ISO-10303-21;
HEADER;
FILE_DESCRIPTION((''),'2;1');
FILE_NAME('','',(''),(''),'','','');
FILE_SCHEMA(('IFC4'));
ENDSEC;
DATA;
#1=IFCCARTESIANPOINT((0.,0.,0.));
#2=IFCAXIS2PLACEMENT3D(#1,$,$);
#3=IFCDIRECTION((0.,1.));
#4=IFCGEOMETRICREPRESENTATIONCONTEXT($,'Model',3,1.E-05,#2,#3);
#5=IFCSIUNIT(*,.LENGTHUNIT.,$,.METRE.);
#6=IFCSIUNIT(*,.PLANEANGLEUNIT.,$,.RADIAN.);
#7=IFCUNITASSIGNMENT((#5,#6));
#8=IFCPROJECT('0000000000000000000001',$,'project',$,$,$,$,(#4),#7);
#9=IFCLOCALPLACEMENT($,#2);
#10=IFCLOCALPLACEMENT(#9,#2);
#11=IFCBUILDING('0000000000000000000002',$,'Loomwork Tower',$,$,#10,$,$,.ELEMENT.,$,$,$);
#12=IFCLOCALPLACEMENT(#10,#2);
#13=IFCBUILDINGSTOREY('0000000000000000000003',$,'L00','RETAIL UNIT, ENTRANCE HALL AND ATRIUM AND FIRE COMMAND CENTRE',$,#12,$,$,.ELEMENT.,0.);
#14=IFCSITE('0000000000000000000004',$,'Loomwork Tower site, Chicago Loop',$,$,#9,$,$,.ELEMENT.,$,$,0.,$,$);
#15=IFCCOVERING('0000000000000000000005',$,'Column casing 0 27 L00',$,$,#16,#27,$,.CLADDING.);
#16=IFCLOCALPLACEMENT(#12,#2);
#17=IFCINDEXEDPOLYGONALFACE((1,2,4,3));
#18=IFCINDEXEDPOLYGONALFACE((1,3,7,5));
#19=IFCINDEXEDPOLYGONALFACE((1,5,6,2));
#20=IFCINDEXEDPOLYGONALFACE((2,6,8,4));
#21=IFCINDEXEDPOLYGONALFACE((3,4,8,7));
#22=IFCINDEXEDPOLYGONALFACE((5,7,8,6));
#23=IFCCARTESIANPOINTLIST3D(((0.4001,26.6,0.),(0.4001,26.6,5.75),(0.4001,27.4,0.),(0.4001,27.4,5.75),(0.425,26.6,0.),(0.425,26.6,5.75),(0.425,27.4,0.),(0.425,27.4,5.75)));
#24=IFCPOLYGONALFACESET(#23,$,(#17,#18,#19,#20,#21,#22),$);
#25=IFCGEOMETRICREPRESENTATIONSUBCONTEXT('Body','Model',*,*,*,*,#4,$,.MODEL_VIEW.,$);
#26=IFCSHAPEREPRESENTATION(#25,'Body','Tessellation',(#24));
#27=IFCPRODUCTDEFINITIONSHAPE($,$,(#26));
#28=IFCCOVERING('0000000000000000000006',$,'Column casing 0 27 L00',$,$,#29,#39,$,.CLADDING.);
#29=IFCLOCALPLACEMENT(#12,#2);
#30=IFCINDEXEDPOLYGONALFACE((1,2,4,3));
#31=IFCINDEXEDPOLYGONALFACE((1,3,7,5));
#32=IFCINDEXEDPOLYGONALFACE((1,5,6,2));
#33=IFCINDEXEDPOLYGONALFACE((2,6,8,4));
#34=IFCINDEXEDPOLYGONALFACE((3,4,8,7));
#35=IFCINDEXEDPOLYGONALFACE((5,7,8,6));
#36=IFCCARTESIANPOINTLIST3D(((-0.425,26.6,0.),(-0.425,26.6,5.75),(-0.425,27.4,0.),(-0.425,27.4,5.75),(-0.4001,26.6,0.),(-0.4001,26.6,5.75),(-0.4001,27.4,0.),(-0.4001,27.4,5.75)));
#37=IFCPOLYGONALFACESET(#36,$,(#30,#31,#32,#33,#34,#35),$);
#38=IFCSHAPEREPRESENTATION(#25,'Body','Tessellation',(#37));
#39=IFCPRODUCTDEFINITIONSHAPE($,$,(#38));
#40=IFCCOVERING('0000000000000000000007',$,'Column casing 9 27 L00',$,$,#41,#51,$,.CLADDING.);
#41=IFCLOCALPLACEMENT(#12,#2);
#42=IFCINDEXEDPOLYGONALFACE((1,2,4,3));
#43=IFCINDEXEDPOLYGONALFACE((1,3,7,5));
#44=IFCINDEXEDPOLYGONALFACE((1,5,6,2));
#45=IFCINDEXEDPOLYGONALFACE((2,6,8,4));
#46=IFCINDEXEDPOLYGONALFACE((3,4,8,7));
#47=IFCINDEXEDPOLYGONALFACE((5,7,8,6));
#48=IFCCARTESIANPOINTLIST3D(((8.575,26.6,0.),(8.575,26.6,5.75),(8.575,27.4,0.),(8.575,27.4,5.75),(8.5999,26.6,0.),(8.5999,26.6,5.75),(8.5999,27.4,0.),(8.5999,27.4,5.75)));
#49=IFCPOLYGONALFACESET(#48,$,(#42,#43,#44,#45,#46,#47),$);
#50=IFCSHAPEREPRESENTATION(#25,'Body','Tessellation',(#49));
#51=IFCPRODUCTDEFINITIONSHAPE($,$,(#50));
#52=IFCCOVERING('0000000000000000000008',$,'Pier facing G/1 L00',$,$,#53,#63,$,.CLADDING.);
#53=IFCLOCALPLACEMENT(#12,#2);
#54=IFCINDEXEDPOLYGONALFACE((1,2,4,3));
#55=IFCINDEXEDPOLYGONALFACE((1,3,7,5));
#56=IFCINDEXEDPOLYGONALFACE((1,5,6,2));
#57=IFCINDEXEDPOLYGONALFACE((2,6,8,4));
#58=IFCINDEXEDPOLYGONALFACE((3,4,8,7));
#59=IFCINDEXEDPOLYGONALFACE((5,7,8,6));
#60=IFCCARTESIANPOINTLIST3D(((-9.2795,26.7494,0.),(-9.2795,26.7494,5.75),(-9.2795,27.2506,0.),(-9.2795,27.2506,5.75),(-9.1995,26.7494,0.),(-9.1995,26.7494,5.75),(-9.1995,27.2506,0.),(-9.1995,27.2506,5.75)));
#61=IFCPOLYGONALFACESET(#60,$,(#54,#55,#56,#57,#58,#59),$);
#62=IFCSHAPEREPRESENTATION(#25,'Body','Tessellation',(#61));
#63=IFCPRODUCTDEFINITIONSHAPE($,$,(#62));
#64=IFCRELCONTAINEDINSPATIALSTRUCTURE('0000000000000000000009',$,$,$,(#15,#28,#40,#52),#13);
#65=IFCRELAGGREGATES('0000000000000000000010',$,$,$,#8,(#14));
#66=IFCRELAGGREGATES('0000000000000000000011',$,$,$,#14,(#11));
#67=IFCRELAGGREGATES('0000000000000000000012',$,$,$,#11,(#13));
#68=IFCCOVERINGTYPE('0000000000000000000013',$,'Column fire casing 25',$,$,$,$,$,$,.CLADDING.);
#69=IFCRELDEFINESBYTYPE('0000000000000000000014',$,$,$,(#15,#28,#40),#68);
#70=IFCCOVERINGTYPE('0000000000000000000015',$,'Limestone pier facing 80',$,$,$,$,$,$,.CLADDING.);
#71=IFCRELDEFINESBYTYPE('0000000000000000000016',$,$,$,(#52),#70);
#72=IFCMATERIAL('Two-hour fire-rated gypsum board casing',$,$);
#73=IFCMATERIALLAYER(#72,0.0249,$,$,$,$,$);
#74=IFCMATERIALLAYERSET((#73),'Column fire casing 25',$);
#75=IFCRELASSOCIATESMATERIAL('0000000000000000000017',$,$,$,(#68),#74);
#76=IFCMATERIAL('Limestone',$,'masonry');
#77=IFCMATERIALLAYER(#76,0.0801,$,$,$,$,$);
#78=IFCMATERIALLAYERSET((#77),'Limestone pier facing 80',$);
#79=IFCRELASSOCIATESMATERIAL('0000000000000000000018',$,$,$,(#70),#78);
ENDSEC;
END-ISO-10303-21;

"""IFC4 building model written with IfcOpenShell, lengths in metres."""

from ifc_helpers import new_model, si_unit, direction, frame, origin, origin_2d, place, context, subcontext, project, spatial, rectangle, extrude, material, layer, layer_set, type_object, element, save


model = new_model("IFC4")

# Units and contexts
model_context = context("Model", 3, precision=1e-05, world=origin(), true_north=direction((0.0, 1.0)))
body_context = subcontext(model_context, "Body", "Model", "MODEL_VIEW")
ifc_project = project(units=[si_unit("LENGTHUNIT", "METRE"), si_unit("PLANEANGLEUNIT", "RADIAN")], contexts=[model_context])

# Site, building, storey
site_placement = place(None, origin())
site = spatial("IfcSite", under=ifc_project, at=site_placement, Name="Loomwork Tower site, Chicago Loop", CompositionType="ELEMENT", RefElevation=0.0)
building_placement = place(site_placement, origin())
building = spatial("IfcBuilding", under=site, at=building_placement, Name="Loomwork Tower", CompositionType="ELEMENT")
storey_placement = place(building_placement, origin())
storey = spatial("IfcBuildingStorey", under=building, at=storey_placement, Name="L00", Description="RETAIL UNIT, ENTRANCE HALL AND ATRIUM AND FIRE COMMAND CENTRE", CompositionType="ELEMENT", Elevation=0.0)

# Coverings
ifc_material_1 = material(Name="Two-hour fire-rated gypsum board casing")
ifc_layer_1 = layer(ifc_material_1, 0.0249)
ifc_layer_set_1 = layer_set([ifc_layer_1], Name="Column fire casing 25")
covering_type_1 = type_object("IfcCoveringType", Name="Column fire casing 25", PredefinedType="CLADDING", material=ifc_layer_set_1)
for number, where, z_axis, x_axis, name in (
    (1, (0.4126, 27.0, 0.0), (0.0, 0.0, 1.0), (1.0, 0.0, 0.0), "Column casing 0 27 L00"),
    (2, (-0.4126, 27.0, 0.0), (0.0, 0.0, 1.0), (1.0, 0.0, 0.0), "Column casing 0 27 L00"),
    (3, (8.5874, 27.0, 0.0), (0.0, 0.0, 1.0), (1.0, 0.0, 0.0), "Column casing 9 27 L00"),
):
    element("IfcCovering", number, at=place(storey_placement, frame(where, z_axis=z_axis, x_axis=x_axis)), inside=storey, type_object=covering_type_1, Name=name, PredefinedType="CLADDING", context=body_context, shape_type="SweptSolid", body=[
        extrude(rectangle(XDim=0.0249, YDim=0.8, at=origin_2d()), origin(), (0.0, 0.0, 1.0), 5.75),
    ])
ifc_material_2 = material(Name="Limestone", Category="masonry")
ifc_layer_2 = layer(ifc_material_2, 0.0801)
ifc_layer_set_2 = layer_set([ifc_layer_2], Name="Limestone pier facing 80")
covering_type_2 = type_object("IfcCoveringType", Name="Limestone pier facing 80", PredefinedType="CLADDING", material=ifc_layer_set_2)
covering_1_placement = place(storey_placement, frame((-9.2395, 27.0, 0.0), z_axis=(0.0, 0.0, 1.0), x_axis=(1.0, 0.0, 0.0)))
element("IfcCovering", 4, at=covering_1_placement, inside=storey, type_object=covering_type_2, Name="Pier facing G/1 L00", PredefinedType="CLADDING", context=body_context, shape_type="SweptSolid", body=[
    extrude(rectangle(XDim=0.0801, YDim=0.5012, at=origin_2d()), origin(), (0.0, 0.0, 1.0), 5.75),
])

save(model, "model.ifc")
